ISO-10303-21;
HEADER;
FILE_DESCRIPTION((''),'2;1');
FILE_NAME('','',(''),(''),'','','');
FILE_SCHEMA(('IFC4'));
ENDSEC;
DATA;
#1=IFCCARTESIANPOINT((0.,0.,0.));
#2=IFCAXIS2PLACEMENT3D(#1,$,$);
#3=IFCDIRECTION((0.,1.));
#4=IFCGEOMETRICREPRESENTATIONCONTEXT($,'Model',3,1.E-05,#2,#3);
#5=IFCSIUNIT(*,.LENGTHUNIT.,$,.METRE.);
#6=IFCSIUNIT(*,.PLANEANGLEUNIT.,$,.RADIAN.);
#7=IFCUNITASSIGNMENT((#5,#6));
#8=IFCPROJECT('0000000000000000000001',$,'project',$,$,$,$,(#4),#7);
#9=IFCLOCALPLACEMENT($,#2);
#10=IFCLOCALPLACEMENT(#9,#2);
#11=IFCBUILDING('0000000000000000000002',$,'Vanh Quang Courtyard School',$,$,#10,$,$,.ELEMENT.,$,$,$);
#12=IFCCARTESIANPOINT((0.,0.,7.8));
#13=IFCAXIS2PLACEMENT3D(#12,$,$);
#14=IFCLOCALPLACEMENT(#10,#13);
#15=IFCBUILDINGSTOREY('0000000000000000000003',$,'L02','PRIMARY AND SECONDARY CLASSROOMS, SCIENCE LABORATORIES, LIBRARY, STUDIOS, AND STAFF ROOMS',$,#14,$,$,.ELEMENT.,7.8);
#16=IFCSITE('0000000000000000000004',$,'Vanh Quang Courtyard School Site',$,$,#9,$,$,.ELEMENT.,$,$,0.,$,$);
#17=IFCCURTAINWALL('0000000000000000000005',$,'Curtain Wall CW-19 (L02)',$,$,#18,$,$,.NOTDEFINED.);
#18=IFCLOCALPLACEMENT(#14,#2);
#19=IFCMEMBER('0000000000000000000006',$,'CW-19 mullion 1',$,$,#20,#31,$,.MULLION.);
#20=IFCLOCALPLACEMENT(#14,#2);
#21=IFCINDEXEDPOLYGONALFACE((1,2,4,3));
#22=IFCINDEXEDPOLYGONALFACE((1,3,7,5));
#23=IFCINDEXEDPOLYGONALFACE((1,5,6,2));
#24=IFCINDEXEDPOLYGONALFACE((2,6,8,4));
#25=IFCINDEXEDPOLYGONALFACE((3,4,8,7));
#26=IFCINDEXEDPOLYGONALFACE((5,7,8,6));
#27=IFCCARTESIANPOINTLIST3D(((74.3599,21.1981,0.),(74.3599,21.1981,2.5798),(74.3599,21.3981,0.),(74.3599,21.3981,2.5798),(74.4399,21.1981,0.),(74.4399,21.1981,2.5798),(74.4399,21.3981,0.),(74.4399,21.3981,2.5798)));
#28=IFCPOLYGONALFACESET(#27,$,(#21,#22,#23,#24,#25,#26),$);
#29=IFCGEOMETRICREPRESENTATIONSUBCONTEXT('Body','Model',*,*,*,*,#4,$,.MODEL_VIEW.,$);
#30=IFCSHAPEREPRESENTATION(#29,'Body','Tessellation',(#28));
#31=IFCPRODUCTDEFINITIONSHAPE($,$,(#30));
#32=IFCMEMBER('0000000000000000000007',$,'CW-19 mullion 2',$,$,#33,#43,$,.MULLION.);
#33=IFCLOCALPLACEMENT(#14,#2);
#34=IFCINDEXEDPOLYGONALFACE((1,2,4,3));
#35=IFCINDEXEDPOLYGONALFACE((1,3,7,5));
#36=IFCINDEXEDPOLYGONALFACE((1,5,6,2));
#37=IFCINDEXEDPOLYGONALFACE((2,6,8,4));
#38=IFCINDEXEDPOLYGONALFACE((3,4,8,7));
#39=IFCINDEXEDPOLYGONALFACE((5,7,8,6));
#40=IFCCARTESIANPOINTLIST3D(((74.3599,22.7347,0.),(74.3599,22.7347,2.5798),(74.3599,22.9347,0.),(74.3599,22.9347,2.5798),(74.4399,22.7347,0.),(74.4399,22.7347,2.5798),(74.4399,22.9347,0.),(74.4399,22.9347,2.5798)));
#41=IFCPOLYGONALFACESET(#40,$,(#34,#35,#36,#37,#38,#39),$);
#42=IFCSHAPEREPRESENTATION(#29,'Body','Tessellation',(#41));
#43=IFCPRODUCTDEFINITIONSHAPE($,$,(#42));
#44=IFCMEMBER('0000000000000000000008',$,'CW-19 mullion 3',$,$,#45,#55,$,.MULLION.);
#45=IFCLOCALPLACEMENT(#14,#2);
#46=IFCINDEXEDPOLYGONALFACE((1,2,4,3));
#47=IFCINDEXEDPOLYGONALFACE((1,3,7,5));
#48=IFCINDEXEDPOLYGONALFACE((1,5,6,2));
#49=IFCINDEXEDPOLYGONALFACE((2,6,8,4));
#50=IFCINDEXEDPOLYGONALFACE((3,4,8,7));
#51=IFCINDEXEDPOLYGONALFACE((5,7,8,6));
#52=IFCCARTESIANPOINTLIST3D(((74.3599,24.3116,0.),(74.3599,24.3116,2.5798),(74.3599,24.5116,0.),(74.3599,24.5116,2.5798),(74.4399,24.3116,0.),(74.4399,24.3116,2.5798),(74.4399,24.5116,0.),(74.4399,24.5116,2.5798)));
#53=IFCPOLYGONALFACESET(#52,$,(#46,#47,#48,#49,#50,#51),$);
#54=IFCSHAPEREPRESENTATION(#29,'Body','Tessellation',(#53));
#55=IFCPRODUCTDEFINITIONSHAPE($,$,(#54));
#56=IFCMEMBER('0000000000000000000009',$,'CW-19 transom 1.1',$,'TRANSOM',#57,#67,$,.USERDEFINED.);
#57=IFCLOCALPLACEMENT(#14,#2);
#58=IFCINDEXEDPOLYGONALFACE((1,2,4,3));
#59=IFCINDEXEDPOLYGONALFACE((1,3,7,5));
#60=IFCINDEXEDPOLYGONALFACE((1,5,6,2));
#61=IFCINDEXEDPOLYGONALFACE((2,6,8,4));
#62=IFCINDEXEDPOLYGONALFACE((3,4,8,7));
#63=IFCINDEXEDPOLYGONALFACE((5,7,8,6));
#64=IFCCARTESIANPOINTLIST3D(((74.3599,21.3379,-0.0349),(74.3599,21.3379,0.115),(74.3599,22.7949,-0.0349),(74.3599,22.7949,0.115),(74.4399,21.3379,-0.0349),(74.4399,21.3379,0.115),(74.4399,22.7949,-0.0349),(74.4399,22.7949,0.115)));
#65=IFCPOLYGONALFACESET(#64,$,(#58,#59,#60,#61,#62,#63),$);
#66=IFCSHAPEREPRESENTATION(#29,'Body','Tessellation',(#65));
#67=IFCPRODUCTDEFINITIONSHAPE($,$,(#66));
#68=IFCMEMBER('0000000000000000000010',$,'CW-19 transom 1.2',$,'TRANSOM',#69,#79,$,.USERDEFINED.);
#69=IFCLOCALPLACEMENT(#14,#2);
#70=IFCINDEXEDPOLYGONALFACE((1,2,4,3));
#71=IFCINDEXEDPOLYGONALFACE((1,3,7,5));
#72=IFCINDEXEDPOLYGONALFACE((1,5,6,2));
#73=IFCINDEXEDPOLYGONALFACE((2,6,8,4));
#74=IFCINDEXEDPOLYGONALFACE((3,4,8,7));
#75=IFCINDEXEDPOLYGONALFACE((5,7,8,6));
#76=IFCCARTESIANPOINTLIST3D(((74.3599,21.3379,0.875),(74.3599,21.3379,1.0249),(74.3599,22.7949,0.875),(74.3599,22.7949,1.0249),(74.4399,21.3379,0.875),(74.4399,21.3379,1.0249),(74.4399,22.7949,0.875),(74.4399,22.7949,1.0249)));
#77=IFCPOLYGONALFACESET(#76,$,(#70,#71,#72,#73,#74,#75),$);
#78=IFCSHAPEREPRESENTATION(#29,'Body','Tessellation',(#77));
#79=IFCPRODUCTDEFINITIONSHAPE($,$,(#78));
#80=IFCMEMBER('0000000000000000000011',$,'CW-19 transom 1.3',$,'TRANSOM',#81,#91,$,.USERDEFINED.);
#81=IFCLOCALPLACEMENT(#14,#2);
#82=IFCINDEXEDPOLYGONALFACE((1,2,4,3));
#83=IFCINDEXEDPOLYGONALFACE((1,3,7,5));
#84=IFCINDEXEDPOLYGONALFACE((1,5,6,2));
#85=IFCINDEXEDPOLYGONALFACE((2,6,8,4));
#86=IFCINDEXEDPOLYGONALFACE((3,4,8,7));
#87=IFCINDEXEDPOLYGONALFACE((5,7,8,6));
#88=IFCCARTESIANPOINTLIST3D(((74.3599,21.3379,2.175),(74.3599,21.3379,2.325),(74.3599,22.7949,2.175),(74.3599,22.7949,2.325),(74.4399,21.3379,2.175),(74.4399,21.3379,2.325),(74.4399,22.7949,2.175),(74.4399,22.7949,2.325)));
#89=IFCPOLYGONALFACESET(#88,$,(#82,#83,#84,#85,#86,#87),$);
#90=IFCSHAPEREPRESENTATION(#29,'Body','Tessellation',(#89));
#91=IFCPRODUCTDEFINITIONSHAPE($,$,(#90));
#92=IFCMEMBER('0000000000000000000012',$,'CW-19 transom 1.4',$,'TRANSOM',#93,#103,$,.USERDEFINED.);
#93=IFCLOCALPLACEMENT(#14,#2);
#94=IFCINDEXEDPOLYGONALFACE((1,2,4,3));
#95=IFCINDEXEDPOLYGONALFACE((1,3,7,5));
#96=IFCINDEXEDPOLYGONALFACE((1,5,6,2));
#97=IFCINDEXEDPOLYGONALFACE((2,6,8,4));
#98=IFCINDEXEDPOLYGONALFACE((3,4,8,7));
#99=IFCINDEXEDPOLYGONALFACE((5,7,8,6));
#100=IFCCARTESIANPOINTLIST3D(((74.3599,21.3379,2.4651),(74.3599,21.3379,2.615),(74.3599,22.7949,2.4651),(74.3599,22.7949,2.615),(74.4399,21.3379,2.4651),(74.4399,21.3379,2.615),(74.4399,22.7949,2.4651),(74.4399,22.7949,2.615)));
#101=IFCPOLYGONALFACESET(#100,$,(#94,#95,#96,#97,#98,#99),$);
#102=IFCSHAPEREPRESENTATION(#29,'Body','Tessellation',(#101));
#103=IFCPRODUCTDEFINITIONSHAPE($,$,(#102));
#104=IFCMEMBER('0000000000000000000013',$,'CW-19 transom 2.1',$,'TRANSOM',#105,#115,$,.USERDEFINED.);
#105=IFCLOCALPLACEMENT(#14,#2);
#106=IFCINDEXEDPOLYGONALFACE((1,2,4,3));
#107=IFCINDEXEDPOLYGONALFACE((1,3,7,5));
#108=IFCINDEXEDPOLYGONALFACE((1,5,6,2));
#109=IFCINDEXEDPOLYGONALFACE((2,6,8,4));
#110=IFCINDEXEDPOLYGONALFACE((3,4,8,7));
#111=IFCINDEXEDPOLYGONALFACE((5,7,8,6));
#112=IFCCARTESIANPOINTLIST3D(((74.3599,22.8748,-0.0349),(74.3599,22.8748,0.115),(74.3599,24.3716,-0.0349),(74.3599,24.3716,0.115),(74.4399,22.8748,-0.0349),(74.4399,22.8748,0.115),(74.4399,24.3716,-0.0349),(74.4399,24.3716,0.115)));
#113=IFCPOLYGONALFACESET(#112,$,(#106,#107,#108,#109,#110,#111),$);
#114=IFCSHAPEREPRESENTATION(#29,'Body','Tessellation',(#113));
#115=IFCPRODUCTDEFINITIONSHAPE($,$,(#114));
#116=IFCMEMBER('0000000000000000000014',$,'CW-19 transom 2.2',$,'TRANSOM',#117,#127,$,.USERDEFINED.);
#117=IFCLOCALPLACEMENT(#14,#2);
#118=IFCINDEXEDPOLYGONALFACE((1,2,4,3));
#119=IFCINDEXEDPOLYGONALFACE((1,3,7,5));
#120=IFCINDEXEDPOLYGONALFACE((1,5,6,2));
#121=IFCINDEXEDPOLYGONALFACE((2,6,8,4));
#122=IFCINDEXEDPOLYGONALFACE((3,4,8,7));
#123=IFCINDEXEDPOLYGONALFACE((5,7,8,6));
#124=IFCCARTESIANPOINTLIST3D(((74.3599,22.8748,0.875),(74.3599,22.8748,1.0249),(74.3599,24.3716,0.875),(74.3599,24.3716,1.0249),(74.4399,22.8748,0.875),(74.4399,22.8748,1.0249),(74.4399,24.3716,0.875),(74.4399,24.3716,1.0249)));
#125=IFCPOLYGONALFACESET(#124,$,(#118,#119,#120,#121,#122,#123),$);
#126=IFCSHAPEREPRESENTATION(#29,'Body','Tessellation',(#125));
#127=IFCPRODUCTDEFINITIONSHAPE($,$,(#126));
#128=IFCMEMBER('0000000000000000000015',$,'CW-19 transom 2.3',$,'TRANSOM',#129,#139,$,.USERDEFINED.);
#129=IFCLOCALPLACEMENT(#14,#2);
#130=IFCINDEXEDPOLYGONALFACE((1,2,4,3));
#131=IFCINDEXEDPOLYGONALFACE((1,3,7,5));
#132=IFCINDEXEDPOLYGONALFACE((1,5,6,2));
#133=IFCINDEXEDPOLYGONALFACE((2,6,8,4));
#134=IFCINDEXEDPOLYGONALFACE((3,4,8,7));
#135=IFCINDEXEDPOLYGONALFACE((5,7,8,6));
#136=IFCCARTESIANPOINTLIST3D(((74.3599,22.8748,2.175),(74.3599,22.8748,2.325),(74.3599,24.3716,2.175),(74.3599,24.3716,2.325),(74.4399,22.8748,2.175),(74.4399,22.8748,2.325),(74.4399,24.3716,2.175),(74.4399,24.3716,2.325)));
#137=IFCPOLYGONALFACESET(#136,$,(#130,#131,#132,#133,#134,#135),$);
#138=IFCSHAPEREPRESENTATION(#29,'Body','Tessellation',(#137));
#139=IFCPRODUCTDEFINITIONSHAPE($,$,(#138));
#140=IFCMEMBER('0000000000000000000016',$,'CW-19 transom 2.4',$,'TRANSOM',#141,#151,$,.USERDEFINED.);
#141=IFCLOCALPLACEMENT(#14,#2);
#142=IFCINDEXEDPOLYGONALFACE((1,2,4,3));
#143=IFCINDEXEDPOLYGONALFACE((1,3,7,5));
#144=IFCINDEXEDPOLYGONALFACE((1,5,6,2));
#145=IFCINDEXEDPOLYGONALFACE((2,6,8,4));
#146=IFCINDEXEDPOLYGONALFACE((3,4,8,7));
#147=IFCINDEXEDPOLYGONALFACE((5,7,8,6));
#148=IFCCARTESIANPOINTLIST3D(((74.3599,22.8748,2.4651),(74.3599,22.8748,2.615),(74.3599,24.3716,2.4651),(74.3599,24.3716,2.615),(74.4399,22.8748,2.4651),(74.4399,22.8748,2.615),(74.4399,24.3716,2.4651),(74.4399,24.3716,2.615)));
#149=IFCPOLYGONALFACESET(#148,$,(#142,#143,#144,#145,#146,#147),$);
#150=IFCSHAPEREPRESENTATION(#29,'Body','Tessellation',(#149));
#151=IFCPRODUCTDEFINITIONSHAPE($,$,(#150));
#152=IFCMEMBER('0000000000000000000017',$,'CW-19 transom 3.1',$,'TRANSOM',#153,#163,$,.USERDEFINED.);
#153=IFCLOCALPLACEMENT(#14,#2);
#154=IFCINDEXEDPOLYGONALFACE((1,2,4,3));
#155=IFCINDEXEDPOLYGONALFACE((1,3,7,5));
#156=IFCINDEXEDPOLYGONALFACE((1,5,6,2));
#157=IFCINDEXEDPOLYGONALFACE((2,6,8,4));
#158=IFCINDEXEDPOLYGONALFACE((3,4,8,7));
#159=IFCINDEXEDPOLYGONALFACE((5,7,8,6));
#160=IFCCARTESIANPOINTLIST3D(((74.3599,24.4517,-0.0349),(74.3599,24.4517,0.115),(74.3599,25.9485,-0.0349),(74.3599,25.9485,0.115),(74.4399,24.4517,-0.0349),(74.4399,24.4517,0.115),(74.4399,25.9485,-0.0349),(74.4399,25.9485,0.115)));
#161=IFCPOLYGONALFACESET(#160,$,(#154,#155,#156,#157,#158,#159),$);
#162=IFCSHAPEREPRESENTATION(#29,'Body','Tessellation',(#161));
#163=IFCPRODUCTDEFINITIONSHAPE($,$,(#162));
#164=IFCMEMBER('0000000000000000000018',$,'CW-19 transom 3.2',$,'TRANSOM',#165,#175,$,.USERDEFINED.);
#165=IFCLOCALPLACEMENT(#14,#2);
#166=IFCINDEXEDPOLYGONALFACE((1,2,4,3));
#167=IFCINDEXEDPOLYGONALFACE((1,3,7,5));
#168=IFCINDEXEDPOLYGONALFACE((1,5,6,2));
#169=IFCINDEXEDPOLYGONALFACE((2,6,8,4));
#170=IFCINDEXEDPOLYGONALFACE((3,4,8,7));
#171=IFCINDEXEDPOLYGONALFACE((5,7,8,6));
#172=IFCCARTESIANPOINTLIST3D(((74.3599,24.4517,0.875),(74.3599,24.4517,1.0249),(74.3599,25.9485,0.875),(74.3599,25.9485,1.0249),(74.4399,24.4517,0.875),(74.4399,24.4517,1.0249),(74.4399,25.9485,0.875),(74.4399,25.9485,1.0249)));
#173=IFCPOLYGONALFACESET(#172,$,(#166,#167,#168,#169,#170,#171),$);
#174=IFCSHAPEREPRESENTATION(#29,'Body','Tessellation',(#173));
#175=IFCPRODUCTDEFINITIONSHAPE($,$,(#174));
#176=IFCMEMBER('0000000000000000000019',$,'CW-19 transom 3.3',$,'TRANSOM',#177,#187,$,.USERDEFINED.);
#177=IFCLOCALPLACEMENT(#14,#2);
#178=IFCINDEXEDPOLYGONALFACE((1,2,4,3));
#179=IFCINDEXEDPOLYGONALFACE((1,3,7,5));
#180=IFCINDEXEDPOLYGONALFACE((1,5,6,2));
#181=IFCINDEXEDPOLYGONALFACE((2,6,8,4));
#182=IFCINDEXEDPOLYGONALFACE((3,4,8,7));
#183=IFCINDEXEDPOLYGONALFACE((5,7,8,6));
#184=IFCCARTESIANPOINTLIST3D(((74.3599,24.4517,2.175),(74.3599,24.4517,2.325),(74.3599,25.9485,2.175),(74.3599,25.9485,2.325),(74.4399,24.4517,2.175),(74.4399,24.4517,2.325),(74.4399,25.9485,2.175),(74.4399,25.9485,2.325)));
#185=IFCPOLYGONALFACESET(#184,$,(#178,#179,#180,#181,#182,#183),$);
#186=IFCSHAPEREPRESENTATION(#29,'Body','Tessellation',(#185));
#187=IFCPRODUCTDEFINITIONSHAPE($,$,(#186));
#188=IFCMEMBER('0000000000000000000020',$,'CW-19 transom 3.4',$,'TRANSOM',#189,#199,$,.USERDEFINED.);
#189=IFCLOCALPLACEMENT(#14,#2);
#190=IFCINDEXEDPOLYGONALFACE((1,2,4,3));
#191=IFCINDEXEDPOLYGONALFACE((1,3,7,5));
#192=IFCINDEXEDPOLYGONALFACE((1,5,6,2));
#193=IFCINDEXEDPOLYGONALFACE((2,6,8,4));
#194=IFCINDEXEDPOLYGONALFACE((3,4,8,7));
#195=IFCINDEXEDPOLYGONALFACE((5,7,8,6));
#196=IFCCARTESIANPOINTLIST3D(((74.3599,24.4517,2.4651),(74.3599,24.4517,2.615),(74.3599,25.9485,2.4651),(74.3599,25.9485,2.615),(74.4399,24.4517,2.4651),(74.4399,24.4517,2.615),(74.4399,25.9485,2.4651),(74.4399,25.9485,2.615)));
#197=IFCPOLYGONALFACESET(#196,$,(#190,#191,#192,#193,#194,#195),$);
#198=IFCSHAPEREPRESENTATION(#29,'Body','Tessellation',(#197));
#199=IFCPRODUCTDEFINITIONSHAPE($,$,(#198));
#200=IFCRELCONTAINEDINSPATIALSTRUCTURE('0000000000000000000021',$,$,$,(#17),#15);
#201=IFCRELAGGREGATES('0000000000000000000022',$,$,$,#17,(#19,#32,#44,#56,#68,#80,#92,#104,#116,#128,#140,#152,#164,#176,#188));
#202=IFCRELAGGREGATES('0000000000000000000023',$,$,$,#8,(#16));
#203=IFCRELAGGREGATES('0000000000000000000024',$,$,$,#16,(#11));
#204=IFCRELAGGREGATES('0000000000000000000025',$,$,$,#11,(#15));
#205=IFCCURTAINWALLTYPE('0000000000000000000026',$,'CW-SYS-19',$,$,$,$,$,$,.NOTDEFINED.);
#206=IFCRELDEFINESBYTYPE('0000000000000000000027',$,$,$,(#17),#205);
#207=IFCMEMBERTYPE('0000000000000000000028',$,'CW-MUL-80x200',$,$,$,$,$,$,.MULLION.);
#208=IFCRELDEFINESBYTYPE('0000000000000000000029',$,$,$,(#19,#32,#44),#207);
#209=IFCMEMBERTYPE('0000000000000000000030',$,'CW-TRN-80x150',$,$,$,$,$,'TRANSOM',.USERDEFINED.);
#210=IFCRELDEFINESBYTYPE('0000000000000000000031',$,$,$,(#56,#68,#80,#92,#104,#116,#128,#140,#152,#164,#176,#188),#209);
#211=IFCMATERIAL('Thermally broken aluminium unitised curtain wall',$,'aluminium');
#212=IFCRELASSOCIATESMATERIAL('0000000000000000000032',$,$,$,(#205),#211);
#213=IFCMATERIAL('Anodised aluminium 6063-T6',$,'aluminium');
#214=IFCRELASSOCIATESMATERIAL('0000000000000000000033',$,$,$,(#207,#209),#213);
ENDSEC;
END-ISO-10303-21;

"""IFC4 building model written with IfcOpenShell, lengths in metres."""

from ifc_helpers import new_model, si_unit, direction, frame, origin, origin_2d, place, context, subcontext, project, spatial, rectangle, extrude, material, material_profile, profile_set, type_object, element, aggregate, save


model = new_model("IFC4")

# Units and contexts
model_context = context("Model", 3, precision=1e-05, world=origin(), true_north=direction((0.0, 1.0)))
body_context = subcontext(model_context, "Body", "Model", "MODEL_VIEW")
ifc_project = project(units=[si_unit("LENGTHUNIT", "METRE"), si_unit("PLANEANGLEUNIT", "RADIAN")], contexts=[model_context])

# Site, building, storey
site_placement = place(None, origin())
site = spatial("IfcSite", under=ifc_project, at=site_placement, Name="Vanh Quang Courtyard School Site", CompositionType="ELEMENT", RefElevation=0.0)
building_placement = place(site_placement, origin())
building = spatial("IfcBuilding", under=site, at=building_placement, Name="Vanh Quang Courtyard School", CompositionType="ELEMENT")
storey_placement = place(building_placement, frame((0.0, 0.0, 7.8)))
storey = spatial("IfcBuildingStorey", under=building, at=storey_placement, Name="L02", Description="PRIMARY AND SECONDARY CLASSROOMS, SCIENCE LABORATORIES, LIBRARY, STUDIOS, AND STAFF ROOMS", CompositionType="ELEMENT", Elevation=7.8)

# Curtain wall, members
ifc_material_1 = material(Name="Thermally broken aluminium unitised curtain wall", Category="aluminium")
curtain_wall_type = type_object("IfcCurtainWallType", Name="CW-SYS-19", PredefinedType="NOTDEFINED", material=ifc_material_1)
curtain_wall_placement = place(storey_placement, origin())
curtain_wall = element("IfcCurtainWall", 1, at=curtain_wall_placement, inside=storey, type_object=curtain_wall_type, Name="Curtain Wall CW-19 (L02)", PredefinedType="NOTDEFINED")
ifc_material_2 = material(Name="Anodised aluminium 6063-T6", Category="aluminium")
ifc_material_profile_1 = material_profile(ifc_material_2, rectangle(XDim=0.0801, YDim=0.2, at=origin_2d()), Name="ALU-MUL 80x200")
ifc_profile_set_1 = profile_set([ifc_material_profile_1], Name="Anodised aluminium 6063-T6")
member_type_1 = type_object("IfcMemberType", Name="CW-MUL-80x200", PredefinedType="MULLION", material=ifc_profile_set_1)
member_1_placement = place(storey_placement, frame((74.3999, 21.2981, 0.0), z_axis=(0.0, 0.0, 1.0), x_axis=(-1.0, 0.0, 0.0)))
member_1 = element("IfcMember", 2, at=member_1_placement, type_object=member_type_1, Name="CW-19 mullion 1", PredefinedType="MULLION", context=body_context, shape_type="SweptSolid", body=[
    extrude(rectangle(XDim=0.0801, YDim=0.2, at=origin_2d()), origin(), (0.0, 0.0, 1.0), 2.5798),
])
member_2_placement = place(storey_placement, frame((74.3999, 22.8347, 0.0), z_axis=(0.0, 0.0, 1.0), x_axis=(-1.0, 0.0, 0.0)))
member_2 = element("IfcMember", 3, at=member_2_placement, type_object=member_type_1, Name="CW-19 mullion 2", PredefinedType="MULLION", context=body_context, shape_type="SweptSolid", body=[
    extrude(rectangle(XDim=0.0801, YDim=0.2, at=origin_2d()), origin(), (0.0, 0.0, 1.0), 2.5798),
])
member_3_placement = place(storey_placement, frame((74.3999, 24.4116, 0.0), z_axis=(0.0, 0.0, 1.0), x_axis=(-1.0, 0.0, 0.0)))
member_3 = element("IfcMember", 4, at=member_3_placement, type_object=member_type_1, Name="CW-19 mullion 3", PredefinedType="MULLION", context=body_context, shape_type="SweptSolid", body=[
    extrude(rectangle(XDim=0.0801, YDim=0.2, at=origin_2d()), origin(), (0.0, 0.0, 1.0), 2.5798),
])
ifc_material_profile_2 = material_profile(ifc_material_2, rectangle(XDim=0.0801, YDim=0.1499, at=origin_2d()), Name="ALU-TRN 80x150")
ifc_profile_set_2 = profile_set([ifc_material_profile_2], Name="Anodised aluminium 6063-T6")
member_type_2 = type_object("IfcMemberType", Name="CW-TRN-80x150", ElementType="TRANSOM", PredefinedType="USERDEFINED", material=ifc_profile_set_2)
member_4_placement = place(storey_placement, frame((74.3999, 21.3379, 0.04), z_axis=(0.0, 1.0, 0.0), x_axis=(-1.0, 0.0, 0.0)))
member_4 = element("IfcMember", 5, at=member_4_placement, type_object=member_type_2, Name="CW-19 transom 1.1", ObjectType="TRANSOM", PredefinedType="USERDEFINED", context=body_context, shape_type="SweptSolid", body=[
    extrude(rectangle(XDim=0.0801, YDim=0.1499, at=origin_2d()), origin(), (0.0, 0.0, 1.0), 1.457),
])
member_5_placement = place(storey_placement, frame((74.3999, 21.3379, 0.95), z_axis=(0.0, 1.0, 0.0), x_axis=(-1.0, 0.0, 0.0)))
member_5 = element("IfcMember", 6, at=member_5_placement, type_object=member_type_2, Name="CW-19 transom 1.2", ObjectType="TRANSOM", PredefinedType="USERDEFINED", context=body_context, shape_type="SweptSolid", body=[
    extrude(rectangle(XDim=0.0801, YDim=0.1499, at=origin_2d()), origin(), (0.0, 0.0, 1.0), 1.457),
])
member_6_placement = place(storey_placement, frame((74.3999, 21.3379, 2.25), z_axis=(0.0, 1.0, 0.0), x_axis=(-1.0, 0.0, 0.0)))
member_6 = element("IfcMember", 7, at=member_6_placement, type_object=member_type_2, Name="CW-19 transom 1.3", ObjectType="TRANSOM", PredefinedType="USERDEFINED", context=body_context, shape_type="SweptSolid", body=[
    extrude(rectangle(XDim=0.0801, YDim=0.1499, at=origin_2d()), origin(), (0.0, 0.0, 1.0), 1.457),
])
member_7_placement = place(storey_placement, frame((74.3999, 21.3379, 2.54), z_axis=(0.0, 1.0, 0.0), x_axis=(-1.0, 0.0, 0.0)))
member_7 = element("IfcMember", 8, at=member_7_placement, type_object=member_type_2, Name="CW-19 transom 1.4", ObjectType="TRANSOM", PredefinedType="USERDEFINED", context=body_context, shape_type="SweptSolid", body=[
    extrude(rectangle(XDim=0.0801, YDim=0.1499, at=origin_2d()), origin(), (0.0, 0.0, 1.0), 1.457),
])
member_8_placement = place(storey_placement, frame((74.3999, 22.8748, 0.04), z_axis=(0.0, 1.0, 0.0), x_axis=(-1.0, 0.0, 0.0)))
member_8 = element("IfcMember", 9, at=member_8_placement, type_object=member_type_2, Name="CW-19 transom 2.1", ObjectType="TRANSOM", PredefinedType="USERDEFINED", context=body_context, shape_type="SweptSolid", body=[
    extrude(rectangle(XDim=0.0801, YDim=0.1499, at=origin_2d()), origin(), (0.0, 0.0, 1.0), 1.4968),
])
member_9_placement = place(storey_placement, frame((74.3999, 22.8748, 0.95), z_axis=(0.0, 1.0, 0.0), x_axis=(-1.0, 0.0, 0.0)))
member_9 = element("IfcMember", 10, at=member_9_placement, type_object=member_type_2, Name="CW-19 transom 2.2", ObjectType="TRANSOM", PredefinedType="USERDEFINED", context=body_context, shape_type="SweptSolid", body=[
    extrude(rectangle(XDim=0.0801, YDim=0.1499, at=origin_2d()), origin(), (0.0, 0.0, 1.0), 1.4968),
])
member_10_placement = place(storey_placement, frame((74.3999, 22.8748, 2.25), z_axis=(0.0, 1.0, 0.0), x_axis=(-1.0, 0.0, 0.0)))
member_10 = element("IfcMember", 11, at=member_10_placement, type_object=member_type_2, Name="CW-19 transom 2.3", ObjectType="TRANSOM", PredefinedType="USERDEFINED", context=body_context, shape_type="SweptSolid", body=[
    extrude(rectangle(XDim=0.0801, YDim=0.1499, at=origin_2d()), origin(), (0.0, 0.0, 1.0), 1.4968),
])
member_11_placement = place(storey_placement, frame((74.3999, 22.8748, 2.54), z_axis=(0.0, 1.0, 0.0), x_axis=(-1.0, 0.0, 0.0)))
member_11 = element("IfcMember", 12, at=member_11_placement, type_object=member_type_2, Name="CW-19 transom 2.4", ObjectType="TRANSOM", PredefinedType="USERDEFINED", context=body_context, shape_type="SweptSolid", body=[
    extrude(rectangle(XDim=0.0801, YDim=0.1499, at=origin_2d()), origin(), (0.0, 0.0, 1.0), 1.4968),
])
member_12_placement = place(storey_placement, frame((74.3999, 24.4517, 0.04), z_axis=(0.0, 1.0, 0.0), x_axis=(-1.0, 0.0, 0.0)))
member_12 = element("IfcMember", 13, at=member_12_placement, type_object=member_type_2, Name="CW-19 transom 3.1", ObjectType="TRANSOM", PredefinedType="USERDEFINED", context=body_context, shape_type="SweptSolid", body=[
    extrude(rectangle(XDim=0.0801, YDim=0.1499, at=origin_2d()), origin(), (0.0, 0.0, 1.0), 1.4968),
])
member_13_placement = place(storey_placement, frame((74.3999, 24.4517, 0.95), z_axis=(0.0, 1.0, 0.0), x_axis=(-1.0, 0.0, 0.0)))
member_13 = element("IfcMember", 14, at=member_13_placement, type_object=member_type_2, Name="CW-19 transom 3.2", ObjectType="TRANSOM", PredefinedType="USERDEFINED", context=body_context, shape_type="SweptSolid", body=[
    extrude(rectangle(XDim=0.0801, YDim=0.1499, at=origin_2d()), origin(), (0.0, 0.0, 1.0), 1.4968),
])
member_14_placement = place(storey_placement, frame((74.3999, 24.4517, 2.25), z_axis=(0.0, 1.0, 0.0), x_axis=(-1.0, 0.0, 0.0)))
member_14 = element("IfcMember", 15, at=member_14_placement, type_object=member_type_2, Name="CW-19 transom 3.3", ObjectType="TRANSOM", PredefinedType="USERDEFINED", context=body_context, shape_type="SweptSolid", body=[
    extrude(rectangle(XDim=0.0801, YDim=0.1499, at=origin_2d()), origin(), (0.0, 0.0, 1.0), 1.4968),
])
member_15_placement = place(storey_placement, frame((74.3999, 24.4517, 2.54), z_axis=(0.0, 1.0, 0.0), x_axis=(-1.0, 0.0, 0.0)))
member_15 = element("IfcMember", 16, at=member_15_placement, type_object=member_type_2, Name="CW-19 transom 3.4", ObjectType="TRANSOM", PredefinedType="USERDEFINED", context=body_context, shape_type="SweptSolid", body=[
    extrude(rectangle(XDim=0.0801, YDim=0.1499, at=origin_2d()), origin(), (0.0, 0.0, 1.0), 1.4968),
])

aggregate(curtain_wall, [member_1, member_2, member_3, member_4, member_5, member_6, member_7, member_8, member_9, member_10, member_11, member_12, member_13, member_14, member_15])

save(model, "model.ifc")
